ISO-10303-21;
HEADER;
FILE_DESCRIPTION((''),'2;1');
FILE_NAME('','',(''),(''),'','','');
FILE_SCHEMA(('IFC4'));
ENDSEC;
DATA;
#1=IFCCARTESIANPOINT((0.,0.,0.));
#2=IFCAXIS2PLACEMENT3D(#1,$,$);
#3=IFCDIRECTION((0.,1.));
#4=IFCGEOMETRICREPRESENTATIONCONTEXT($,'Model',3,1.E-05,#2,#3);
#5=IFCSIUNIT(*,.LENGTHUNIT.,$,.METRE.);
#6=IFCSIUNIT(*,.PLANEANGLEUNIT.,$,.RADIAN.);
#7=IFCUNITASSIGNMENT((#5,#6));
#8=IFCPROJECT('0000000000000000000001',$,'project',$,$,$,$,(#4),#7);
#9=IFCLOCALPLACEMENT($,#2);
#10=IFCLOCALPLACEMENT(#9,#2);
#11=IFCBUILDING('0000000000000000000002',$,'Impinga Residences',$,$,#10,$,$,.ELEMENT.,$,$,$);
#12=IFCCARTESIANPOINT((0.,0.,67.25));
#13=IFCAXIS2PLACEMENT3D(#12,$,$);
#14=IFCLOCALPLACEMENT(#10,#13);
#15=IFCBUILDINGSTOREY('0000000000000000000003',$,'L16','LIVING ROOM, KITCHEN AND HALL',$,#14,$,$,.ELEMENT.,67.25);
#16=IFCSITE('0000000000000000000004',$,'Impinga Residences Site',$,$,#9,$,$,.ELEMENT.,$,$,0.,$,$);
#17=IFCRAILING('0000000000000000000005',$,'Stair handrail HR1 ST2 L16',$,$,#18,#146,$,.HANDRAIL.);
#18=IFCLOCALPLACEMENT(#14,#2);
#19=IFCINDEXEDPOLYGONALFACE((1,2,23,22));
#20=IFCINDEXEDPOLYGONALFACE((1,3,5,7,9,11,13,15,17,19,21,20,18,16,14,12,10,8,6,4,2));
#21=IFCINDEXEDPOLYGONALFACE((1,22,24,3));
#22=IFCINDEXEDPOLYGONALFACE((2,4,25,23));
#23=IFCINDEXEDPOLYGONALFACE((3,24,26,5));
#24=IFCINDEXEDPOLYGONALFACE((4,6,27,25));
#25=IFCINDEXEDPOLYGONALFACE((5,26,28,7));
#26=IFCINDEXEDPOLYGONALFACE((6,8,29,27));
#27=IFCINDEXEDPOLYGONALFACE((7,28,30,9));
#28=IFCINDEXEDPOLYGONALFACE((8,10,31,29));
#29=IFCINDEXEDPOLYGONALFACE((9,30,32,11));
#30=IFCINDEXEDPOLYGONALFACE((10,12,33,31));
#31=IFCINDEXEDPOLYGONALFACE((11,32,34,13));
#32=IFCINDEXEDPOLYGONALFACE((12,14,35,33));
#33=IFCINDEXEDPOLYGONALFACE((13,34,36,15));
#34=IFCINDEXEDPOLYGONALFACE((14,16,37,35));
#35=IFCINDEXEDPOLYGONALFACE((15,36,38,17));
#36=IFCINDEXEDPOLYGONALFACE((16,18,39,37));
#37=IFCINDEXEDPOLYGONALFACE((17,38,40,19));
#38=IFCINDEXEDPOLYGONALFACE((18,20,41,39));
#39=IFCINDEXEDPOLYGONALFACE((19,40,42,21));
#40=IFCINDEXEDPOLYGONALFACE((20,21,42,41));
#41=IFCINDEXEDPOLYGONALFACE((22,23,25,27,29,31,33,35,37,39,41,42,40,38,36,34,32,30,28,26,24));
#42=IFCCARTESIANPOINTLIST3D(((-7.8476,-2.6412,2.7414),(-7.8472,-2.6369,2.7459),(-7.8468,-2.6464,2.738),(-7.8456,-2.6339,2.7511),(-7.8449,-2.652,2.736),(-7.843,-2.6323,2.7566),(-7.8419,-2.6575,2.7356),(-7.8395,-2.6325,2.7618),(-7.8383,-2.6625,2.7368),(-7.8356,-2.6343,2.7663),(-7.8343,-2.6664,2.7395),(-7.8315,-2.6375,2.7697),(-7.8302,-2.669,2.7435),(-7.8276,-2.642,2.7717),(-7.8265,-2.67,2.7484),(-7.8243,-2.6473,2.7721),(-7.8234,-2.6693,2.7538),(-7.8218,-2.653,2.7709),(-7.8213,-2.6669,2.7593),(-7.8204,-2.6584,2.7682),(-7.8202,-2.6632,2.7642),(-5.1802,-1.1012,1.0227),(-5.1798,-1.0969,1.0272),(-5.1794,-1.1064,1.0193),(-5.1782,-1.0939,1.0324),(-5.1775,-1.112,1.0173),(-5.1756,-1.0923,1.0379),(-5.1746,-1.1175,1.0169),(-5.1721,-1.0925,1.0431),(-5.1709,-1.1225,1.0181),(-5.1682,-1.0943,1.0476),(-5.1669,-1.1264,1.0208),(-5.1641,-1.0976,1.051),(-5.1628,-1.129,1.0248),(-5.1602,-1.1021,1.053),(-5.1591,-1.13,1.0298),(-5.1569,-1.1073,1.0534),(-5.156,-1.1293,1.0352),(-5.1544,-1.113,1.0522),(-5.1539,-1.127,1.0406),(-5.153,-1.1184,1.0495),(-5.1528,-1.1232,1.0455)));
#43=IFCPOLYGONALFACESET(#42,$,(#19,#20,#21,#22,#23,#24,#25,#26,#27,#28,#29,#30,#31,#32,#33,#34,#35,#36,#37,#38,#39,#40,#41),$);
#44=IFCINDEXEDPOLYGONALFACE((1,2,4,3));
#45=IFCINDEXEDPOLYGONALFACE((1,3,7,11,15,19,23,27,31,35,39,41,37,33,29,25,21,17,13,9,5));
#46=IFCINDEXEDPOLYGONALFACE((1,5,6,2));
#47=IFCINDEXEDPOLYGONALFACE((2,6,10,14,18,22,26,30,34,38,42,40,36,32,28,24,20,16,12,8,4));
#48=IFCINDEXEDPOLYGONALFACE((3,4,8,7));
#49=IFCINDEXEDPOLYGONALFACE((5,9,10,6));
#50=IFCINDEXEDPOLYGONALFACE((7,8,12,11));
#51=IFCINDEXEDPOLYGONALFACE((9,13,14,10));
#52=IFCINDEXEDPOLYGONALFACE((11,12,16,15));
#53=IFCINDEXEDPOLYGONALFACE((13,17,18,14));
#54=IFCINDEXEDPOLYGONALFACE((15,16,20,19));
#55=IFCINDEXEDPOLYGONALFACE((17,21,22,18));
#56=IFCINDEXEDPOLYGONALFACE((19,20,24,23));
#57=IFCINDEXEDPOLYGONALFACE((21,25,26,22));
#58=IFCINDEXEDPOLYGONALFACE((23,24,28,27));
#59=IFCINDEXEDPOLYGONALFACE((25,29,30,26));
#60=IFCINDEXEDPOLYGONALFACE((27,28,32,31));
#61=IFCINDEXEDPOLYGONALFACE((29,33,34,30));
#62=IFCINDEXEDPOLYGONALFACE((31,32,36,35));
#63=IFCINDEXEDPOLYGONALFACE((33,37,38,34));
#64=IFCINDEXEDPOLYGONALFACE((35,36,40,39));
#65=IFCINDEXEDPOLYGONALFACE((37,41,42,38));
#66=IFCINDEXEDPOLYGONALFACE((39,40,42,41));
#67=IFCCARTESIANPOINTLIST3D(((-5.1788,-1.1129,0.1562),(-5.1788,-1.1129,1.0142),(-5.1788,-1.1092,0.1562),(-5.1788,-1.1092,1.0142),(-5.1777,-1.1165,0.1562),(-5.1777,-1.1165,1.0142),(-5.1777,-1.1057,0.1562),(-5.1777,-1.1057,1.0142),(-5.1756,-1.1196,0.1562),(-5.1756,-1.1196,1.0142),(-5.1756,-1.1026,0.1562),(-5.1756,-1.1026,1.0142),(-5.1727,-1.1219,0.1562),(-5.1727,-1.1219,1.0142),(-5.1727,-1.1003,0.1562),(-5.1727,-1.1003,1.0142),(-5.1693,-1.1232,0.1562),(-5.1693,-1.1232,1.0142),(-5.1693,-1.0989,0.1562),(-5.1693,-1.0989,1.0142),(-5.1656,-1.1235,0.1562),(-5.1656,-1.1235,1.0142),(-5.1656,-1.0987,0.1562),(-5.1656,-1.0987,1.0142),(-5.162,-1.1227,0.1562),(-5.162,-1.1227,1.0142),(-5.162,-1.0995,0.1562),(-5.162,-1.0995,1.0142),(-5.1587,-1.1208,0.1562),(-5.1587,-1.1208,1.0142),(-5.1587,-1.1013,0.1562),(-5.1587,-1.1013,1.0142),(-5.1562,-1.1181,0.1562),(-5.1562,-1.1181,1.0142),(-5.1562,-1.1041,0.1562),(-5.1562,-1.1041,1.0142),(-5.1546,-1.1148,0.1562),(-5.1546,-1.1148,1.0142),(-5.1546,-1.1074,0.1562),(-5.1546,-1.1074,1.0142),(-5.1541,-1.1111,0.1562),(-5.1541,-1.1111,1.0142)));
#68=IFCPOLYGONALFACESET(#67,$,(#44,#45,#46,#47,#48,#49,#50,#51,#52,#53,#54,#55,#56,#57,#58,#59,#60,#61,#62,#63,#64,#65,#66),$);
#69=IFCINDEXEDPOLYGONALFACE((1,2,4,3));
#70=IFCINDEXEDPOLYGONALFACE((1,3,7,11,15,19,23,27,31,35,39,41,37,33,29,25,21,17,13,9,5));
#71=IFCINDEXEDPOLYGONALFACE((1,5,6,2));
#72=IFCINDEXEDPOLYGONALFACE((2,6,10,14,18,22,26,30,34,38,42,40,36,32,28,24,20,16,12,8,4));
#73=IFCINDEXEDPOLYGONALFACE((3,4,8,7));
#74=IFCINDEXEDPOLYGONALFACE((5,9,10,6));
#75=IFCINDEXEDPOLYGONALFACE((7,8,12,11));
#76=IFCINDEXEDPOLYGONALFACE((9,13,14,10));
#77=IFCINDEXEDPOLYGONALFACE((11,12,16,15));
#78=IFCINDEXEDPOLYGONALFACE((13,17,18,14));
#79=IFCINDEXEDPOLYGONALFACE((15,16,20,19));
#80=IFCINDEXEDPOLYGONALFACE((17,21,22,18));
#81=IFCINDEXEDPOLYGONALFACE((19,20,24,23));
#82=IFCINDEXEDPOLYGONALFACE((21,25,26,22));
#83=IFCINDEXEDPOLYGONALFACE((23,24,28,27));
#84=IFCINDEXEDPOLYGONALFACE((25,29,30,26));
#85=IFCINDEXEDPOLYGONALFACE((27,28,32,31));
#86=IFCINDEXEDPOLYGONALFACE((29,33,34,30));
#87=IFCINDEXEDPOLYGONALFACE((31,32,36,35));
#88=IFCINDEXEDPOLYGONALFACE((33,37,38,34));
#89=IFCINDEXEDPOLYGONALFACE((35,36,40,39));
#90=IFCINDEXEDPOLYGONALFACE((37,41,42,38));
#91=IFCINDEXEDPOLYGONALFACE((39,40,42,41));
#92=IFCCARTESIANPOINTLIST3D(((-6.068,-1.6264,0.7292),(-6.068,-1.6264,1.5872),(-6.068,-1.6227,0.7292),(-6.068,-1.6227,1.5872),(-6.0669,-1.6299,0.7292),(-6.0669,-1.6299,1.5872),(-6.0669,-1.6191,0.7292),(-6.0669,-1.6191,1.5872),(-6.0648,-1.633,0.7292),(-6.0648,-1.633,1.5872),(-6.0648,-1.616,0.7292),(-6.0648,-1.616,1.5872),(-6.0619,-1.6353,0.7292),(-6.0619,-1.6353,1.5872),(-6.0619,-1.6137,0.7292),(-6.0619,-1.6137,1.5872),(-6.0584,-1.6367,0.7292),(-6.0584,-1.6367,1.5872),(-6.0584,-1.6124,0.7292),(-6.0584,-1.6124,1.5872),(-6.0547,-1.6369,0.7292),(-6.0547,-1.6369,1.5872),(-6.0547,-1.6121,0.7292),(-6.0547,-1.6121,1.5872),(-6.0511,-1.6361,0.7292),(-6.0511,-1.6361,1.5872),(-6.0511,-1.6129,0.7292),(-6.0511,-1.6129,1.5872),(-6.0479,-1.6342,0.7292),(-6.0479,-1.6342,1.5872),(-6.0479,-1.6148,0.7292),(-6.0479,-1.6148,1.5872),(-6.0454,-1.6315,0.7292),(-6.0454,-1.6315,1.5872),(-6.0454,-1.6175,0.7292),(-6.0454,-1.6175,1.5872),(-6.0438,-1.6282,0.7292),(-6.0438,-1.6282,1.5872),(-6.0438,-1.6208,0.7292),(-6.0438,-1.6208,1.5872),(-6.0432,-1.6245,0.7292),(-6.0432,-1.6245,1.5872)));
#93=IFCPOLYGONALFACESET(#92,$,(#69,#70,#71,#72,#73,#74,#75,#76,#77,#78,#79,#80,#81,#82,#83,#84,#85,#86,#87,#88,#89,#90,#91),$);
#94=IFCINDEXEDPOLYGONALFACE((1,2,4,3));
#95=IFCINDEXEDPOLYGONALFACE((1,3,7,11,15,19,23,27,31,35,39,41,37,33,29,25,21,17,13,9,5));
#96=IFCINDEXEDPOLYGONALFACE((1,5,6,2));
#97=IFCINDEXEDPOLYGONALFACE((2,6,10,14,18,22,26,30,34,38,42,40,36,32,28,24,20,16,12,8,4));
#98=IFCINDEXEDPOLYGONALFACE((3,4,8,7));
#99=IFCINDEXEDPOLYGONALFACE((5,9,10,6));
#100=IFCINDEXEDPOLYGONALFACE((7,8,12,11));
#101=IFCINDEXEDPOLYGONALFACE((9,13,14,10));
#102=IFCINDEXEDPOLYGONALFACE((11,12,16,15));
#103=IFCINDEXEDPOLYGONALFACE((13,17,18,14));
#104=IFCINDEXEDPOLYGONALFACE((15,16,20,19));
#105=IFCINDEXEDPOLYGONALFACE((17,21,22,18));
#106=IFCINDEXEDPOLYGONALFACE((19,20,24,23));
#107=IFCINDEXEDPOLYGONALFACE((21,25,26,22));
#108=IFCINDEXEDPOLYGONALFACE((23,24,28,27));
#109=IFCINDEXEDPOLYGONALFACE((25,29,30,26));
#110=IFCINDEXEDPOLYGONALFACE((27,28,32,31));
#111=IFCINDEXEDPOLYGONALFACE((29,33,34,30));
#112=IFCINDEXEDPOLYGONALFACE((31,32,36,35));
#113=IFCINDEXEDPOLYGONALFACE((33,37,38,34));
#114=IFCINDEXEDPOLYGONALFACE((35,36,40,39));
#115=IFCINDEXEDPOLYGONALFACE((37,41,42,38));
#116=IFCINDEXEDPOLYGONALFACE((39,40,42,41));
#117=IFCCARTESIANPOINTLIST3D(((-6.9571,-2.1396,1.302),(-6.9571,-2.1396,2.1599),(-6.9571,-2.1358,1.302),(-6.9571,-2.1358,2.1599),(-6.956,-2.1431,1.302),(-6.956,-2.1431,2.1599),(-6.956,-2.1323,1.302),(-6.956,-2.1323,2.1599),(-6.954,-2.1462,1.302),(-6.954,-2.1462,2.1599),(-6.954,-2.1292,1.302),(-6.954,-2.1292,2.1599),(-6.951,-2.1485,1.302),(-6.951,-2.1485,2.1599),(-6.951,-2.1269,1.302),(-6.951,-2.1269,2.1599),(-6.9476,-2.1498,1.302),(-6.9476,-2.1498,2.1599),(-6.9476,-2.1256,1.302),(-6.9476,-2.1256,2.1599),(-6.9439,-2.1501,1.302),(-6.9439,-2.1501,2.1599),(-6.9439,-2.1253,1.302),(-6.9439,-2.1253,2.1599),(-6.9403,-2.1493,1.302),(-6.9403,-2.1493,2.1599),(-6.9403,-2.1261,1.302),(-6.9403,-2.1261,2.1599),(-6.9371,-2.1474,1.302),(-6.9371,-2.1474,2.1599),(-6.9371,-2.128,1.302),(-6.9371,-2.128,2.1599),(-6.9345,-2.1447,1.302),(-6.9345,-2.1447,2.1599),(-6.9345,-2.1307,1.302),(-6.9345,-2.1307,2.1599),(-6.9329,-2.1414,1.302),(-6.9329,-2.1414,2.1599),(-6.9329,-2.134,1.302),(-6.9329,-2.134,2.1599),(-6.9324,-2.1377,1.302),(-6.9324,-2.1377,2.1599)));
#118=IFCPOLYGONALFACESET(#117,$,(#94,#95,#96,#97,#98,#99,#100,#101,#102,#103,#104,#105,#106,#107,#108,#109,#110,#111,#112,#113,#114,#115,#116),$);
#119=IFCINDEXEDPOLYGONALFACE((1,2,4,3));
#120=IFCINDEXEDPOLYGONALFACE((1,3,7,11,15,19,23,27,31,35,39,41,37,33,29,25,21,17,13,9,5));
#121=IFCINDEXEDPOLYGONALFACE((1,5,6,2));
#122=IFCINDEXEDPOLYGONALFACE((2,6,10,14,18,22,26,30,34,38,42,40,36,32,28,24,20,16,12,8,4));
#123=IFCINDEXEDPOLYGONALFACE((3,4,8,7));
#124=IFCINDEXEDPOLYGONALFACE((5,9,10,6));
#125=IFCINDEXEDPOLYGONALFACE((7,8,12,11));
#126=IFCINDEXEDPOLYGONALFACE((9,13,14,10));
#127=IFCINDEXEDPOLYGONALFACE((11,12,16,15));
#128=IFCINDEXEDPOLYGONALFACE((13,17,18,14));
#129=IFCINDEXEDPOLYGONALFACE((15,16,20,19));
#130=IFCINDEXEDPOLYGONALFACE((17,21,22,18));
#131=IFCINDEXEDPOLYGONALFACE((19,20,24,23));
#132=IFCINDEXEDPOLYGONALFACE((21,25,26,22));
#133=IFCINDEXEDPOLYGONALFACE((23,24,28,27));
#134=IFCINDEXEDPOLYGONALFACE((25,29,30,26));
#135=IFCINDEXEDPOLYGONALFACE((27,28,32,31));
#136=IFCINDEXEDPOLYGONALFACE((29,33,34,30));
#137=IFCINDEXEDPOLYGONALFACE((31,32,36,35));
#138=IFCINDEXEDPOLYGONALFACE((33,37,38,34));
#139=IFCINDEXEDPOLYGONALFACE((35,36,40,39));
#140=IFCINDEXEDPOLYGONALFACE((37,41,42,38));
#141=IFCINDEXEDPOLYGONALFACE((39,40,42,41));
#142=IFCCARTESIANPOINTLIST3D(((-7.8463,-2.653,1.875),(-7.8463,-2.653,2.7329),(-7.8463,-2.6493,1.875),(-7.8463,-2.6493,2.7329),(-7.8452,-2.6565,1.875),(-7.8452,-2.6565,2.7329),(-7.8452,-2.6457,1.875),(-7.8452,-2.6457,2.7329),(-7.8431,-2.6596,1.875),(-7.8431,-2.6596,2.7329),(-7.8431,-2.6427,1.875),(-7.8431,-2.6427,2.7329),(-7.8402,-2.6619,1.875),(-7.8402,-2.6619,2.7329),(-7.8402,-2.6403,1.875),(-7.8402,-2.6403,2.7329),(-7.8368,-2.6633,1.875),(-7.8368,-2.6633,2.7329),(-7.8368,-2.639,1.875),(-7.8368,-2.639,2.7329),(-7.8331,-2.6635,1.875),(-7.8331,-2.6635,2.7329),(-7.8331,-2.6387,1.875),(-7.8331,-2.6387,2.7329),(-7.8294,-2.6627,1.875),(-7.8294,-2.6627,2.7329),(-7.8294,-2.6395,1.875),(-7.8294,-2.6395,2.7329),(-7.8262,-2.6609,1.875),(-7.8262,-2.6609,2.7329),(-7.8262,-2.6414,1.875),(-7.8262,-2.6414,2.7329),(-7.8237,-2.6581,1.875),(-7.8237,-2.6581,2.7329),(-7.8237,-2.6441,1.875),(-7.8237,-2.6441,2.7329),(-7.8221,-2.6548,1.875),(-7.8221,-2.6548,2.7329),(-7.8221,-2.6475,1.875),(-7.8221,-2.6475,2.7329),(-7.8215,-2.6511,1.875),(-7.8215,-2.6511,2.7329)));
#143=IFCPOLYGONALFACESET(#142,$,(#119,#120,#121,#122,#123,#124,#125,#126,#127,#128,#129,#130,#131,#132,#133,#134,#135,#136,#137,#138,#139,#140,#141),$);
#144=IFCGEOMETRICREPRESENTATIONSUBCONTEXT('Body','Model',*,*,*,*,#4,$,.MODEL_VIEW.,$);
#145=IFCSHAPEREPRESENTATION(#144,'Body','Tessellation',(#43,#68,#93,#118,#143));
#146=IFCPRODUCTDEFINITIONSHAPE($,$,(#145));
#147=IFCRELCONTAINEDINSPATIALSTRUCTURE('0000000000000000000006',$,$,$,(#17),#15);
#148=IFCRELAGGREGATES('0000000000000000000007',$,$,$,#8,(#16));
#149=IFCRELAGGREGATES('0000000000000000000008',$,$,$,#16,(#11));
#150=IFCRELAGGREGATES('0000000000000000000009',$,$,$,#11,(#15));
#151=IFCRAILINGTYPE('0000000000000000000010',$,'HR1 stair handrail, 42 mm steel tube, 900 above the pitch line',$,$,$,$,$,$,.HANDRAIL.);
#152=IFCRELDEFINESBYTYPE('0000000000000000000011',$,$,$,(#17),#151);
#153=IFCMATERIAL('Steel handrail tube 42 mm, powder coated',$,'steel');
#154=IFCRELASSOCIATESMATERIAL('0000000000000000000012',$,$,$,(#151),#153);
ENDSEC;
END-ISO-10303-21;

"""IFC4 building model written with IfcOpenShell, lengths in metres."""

from ifc_helpers import new_model, si_unit, direction, frame, origin, origin_2d, place, context, subcontext, project, spatial, circle, extrude, material, type_object, element, save


model = new_model("IFC4")

# Units and contexts
model_context = context("Model", 3, precision=1e-05, world=origin(), true_north=direction((0.0, 1.0)))
body_context = subcontext(model_context, "Body", "Model", "MODEL_VIEW")
ifc_project = project(units=[si_unit("LENGTHUNIT", "METRE"), si_unit("PLANEANGLEUNIT", "RADIAN")], contexts=[model_context])

# Site, building, storey
site_placement = place(None, origin())
site = spatial("IfcSite", under=ifc_project, at=site_placement, Name="Impinga Residences Site", CompositionType="ELEMENT", RefElevation=0.0)
building_placement = place(site_placement, origin())
building = spatial("IfcBuilding", under=site, at=building_placement, Name="Impinga Residences", CompositionType="ELEMENT")
storey_placement = place(building_placement, frame((0.0, 0.0, 67.25)))
storey = spatial("IfcBuildingStorey", under=building, at=storey_placement, Name="L16", Description="LIVING ROOM, KITCHEN AND HALL", CompositionType="ELEMENT", Elevation=67.25)

# Railing
ifc_material_1 = material(Name="Steel handrail tube 42 mm, powder coated", Category="steel")
railing_type = type_object("IfcRailingType", Name="HR1 stair handrail, 42 mm steel tube, 900 above the pitch line", PredefinedType="HANDRAIL", material=ifc_material_1)
railing_placement = place(storey_placement, frame((-5.1665, -1.1111, 0.1562)))
element("IfcRailing", 1, at=railing_placement, inside=storey, type_object=railing_type, Name="Stair handrail HR1 ST2 L16", PredefinedType="HANDRAIL", context=body_context, shape_type="SweptSolid", body=[
    extrude(circle(Radius=0.021, at=origin_2d()), frame((0.0, 0.0, 0.8789), z_axis=(-0.756256, -0.436616, 0.487282), x_axis=(0.499992, -0.86603, 0.0)), (0.0, 0.0, 1.0), 3.5271),
    extrude(circle(Radius=0.0125, at=origin_2d()), origin(), (0.0, 0.0, 1.0), 0.8579),
    extrude(circle(Radius=0.0125, at=origin_2d()), frame((-0.8892, -0.5134, 0.573)), (0.0, 0.0, 1.0), 0.8579),
    extrude(circle(Radius=0.0125, at=origin_2d()), frame((-1.7783, -1.0266, 1.1458)), (0.0, 0.0, 1.0), 0.8579),
    extrude(circle(Radius=0.0125, at=origin_2d()), frame((-2.6675, -1.54, 1.7188)), (0.0, 0.0, 1.0), 0.8579),
])

save(model, "model.ifc")
